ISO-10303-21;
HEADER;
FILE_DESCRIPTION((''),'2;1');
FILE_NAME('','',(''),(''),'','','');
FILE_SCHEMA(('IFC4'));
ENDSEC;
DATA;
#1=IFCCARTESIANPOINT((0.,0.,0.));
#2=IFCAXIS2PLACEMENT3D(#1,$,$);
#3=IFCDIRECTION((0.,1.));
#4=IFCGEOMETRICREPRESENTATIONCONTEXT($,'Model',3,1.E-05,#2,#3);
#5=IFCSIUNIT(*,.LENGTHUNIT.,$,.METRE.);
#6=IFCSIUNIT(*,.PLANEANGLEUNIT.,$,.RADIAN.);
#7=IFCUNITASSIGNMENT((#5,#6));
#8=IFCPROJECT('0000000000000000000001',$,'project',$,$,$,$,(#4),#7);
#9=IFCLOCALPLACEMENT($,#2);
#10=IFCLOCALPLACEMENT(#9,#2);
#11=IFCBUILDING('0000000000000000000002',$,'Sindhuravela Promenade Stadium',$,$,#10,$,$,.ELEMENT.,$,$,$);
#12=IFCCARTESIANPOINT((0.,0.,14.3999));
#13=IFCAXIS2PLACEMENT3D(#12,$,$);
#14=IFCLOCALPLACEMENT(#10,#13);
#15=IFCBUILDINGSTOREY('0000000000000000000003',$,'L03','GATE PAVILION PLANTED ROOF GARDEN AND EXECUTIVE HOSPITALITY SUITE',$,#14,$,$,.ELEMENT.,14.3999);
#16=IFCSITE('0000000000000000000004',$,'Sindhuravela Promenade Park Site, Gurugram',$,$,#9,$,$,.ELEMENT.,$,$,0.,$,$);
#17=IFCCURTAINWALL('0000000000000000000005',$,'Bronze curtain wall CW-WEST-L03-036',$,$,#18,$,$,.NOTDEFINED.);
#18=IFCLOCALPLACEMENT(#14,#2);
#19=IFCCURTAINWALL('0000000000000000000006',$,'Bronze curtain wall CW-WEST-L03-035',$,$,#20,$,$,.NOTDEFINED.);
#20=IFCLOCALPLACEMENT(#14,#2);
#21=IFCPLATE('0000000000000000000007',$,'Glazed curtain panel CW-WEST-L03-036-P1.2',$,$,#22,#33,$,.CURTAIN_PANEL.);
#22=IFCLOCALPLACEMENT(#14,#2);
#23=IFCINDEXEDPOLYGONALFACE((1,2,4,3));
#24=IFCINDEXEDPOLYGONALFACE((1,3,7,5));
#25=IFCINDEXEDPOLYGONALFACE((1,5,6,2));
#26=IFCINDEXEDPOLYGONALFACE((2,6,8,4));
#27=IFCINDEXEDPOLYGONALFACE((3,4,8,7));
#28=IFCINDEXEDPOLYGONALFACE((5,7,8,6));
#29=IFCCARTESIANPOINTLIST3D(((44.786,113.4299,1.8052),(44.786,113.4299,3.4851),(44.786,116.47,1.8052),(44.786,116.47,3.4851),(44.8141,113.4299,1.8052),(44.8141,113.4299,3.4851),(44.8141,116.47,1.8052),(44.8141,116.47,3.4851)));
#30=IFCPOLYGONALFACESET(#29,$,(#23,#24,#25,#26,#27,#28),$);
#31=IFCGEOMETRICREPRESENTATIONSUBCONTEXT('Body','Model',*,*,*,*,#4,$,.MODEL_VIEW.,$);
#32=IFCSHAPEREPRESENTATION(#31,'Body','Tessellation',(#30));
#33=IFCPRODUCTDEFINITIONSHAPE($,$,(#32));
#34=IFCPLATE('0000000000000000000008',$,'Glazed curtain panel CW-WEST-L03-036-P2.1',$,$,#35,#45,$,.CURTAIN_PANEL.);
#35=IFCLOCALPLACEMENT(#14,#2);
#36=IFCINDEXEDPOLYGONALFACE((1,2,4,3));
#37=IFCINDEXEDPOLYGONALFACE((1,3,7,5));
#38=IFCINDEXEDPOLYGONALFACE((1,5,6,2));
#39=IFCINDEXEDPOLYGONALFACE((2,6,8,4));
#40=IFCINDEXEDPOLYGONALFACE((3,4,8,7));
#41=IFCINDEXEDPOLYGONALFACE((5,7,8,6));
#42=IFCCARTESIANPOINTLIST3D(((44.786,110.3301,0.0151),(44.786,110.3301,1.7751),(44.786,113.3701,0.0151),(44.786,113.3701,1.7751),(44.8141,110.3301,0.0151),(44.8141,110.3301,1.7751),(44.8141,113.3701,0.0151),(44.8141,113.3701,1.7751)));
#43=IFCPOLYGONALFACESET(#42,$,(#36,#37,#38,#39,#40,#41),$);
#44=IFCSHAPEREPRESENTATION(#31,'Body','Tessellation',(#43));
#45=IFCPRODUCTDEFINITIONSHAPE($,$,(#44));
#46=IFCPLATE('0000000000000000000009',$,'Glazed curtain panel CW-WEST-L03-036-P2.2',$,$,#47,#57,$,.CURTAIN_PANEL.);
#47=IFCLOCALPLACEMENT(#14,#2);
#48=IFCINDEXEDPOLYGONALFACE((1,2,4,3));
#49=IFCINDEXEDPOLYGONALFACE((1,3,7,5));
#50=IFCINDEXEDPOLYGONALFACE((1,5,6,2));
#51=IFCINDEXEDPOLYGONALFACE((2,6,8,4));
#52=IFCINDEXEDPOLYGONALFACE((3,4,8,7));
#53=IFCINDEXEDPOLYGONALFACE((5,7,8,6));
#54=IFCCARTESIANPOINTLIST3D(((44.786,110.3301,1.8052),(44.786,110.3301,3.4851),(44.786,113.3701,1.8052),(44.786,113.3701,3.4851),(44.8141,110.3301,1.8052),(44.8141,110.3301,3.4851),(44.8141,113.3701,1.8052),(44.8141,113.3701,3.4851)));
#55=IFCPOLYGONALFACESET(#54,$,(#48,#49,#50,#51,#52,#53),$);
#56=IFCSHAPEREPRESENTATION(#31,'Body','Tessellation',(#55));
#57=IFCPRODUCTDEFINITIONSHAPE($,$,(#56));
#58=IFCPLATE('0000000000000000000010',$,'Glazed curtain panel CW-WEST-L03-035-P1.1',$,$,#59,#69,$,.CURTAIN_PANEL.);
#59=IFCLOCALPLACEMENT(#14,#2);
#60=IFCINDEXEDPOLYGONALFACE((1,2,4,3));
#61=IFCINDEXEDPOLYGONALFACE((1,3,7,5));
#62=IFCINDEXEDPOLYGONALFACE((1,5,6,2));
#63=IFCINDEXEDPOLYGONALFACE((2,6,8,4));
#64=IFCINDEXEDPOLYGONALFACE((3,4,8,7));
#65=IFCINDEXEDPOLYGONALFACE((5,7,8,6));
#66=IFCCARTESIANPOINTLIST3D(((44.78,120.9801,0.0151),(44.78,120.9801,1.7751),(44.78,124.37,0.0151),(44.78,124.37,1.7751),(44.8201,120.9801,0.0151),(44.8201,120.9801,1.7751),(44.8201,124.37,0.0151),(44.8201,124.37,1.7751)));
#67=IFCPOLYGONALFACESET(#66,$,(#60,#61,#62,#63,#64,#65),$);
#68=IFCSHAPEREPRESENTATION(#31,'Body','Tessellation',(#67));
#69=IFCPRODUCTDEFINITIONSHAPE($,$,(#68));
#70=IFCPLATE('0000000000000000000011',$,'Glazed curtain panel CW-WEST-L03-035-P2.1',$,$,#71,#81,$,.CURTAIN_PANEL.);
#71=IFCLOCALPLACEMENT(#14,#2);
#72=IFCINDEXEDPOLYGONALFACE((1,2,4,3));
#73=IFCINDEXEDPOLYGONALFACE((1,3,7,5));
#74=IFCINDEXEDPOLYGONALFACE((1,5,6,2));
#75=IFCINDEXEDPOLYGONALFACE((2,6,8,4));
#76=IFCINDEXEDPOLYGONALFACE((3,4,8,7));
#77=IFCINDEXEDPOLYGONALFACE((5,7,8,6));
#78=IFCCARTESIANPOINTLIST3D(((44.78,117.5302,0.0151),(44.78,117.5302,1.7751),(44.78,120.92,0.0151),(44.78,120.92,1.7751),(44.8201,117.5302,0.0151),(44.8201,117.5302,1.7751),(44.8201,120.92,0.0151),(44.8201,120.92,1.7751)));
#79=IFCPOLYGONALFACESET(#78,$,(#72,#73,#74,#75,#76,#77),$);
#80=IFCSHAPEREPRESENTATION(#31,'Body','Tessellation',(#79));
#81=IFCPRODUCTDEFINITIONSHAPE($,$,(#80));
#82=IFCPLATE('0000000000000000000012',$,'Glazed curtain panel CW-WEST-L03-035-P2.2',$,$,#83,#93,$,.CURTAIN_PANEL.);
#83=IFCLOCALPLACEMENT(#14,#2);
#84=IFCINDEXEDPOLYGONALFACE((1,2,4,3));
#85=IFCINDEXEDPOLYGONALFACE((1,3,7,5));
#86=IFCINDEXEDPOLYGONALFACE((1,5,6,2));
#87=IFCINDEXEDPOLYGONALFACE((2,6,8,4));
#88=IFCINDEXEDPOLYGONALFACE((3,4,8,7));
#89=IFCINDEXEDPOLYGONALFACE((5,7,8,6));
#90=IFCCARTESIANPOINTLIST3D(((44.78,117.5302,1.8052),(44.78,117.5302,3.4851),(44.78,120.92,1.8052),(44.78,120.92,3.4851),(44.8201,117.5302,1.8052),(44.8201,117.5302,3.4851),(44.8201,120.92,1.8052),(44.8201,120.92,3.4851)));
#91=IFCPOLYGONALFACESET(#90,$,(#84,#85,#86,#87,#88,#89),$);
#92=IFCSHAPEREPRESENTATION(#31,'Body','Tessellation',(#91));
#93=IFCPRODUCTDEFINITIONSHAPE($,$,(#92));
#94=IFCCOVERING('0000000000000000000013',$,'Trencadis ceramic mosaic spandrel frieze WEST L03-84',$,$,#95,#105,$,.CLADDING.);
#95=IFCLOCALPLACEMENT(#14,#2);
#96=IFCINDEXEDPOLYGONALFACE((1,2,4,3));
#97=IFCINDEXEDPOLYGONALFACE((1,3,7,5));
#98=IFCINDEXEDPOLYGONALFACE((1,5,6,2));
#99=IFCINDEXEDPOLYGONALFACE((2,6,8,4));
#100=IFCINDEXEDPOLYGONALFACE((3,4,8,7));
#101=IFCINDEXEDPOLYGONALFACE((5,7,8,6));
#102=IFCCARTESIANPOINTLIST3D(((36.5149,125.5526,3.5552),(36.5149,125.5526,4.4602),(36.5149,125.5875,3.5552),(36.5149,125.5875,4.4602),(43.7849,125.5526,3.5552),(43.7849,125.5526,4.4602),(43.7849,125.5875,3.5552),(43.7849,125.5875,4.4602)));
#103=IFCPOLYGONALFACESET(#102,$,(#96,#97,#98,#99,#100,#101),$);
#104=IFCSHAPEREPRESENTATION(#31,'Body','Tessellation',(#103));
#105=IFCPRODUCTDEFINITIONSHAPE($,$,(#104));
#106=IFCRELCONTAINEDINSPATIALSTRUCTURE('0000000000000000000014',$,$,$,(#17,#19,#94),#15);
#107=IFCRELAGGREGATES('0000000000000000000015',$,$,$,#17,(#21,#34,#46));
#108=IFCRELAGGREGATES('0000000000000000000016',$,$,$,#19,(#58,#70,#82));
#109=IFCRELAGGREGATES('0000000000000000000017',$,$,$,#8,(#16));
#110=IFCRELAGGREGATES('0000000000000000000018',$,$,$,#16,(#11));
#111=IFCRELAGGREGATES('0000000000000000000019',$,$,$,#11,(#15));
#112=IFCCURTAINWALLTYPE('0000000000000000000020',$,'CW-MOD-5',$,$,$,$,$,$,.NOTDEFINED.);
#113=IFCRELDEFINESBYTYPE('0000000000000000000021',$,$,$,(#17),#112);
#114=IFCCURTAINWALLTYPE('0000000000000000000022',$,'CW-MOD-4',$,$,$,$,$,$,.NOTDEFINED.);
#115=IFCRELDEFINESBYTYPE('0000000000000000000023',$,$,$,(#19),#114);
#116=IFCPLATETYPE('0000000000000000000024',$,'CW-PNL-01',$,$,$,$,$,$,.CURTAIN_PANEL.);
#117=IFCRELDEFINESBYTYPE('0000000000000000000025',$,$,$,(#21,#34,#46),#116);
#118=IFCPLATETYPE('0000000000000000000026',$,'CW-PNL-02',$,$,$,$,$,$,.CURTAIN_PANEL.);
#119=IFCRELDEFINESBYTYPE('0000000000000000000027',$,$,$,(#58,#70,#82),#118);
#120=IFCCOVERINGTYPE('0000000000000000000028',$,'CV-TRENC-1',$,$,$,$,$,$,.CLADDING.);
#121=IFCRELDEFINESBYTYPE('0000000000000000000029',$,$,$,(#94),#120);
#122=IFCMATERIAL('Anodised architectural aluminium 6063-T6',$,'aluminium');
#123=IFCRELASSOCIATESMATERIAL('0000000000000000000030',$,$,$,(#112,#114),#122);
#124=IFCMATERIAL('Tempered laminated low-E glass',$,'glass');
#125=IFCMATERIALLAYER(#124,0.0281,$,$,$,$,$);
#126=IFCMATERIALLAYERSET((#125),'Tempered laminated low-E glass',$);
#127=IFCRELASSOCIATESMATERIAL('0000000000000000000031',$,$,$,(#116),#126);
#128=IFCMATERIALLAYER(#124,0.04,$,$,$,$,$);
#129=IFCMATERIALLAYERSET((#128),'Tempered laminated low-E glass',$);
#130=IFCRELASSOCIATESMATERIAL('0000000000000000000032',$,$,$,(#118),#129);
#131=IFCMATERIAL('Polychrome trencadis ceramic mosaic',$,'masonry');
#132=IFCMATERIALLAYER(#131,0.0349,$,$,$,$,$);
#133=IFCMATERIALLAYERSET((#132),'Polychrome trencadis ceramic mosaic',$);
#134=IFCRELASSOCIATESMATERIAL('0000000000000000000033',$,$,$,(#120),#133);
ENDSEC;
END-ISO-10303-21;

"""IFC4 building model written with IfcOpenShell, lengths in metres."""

from ifc_helpers import new_model, si_unit, direction, frame, origin, origin_2d, place, context, subcontext, project, spatial, rectangle, extrude, material, layer, layer_set, type_object, element, aggregate, save


model = new_model("IFC4")

# Units and contexts
model_context = context("Model", 3, precision=1e-05, world=origin(), true_north=direction((0.0, 1.0)))
body_context = subcontext(model_context, "Body", "Model", "MODEL_VIEW")
ifc_project = project(units=[si_unit("LENGTHUNIT", "METRE"), si_unit("PLANEANGLEUNIT", "RADIAN")], contexts=[model_context])

# Site, building, storey
site_placement = place(None, origin())
site = spatial("IfcSite", under=ifc_project, at=site_placement, Name="Sindhuravela Promenade Park Site, Gurugram", CompositionType="ELEMENT", RefElevation=0.0)
building_placement = place(site_placement, origin())
building = spatial("IfcBuilding", under=site, at=building_placement, Name="Sindhuravela Promenade Stadium", CompositionType="ELEMENT")
storey_placement = place(building_placement, frame((0.0, 0.0, 14.3999)))
storey = spatial("IfcBuildingStorey", under=building, at=storey_placement, Name="L03", Description="GATE PAVILION PLANTED ROOF GARDEN AND EXECUTIVE HOSPITALITY SUITE", CompositionType="ELEMENT", Elevation=14.3999)

# Curtain walls
ifc_material_1 = material(Name="Anodised architectural aluminium 6063-T6", Category="aluminium")
curtain_wall_type_1 = type_object("IfcCurtainWallType", Name="CW-MOD-5", PredefinedType="NOTDEFINED", material=ifc_material_1)
curtain_wall_1_placement = place(storey_placement, origin())
curtain_wall_1 = element("IfcCurtainWall", 1, at=curtain_wall_1_placement, inside=storey, type_object=curtain_wall_type_1, Name="Bronze curtain wall CW-WEST-L03-036", PredefinedType="NOTDEFINED")
curtain_wall_type_2 = type_object("IfcCurtainWallType", Name="CW-MOD-4", PredefinedType="NOTDEFINED", material=ifc_material_1)
curtain_wall_2_placement = place(storey_placement, origin())
curtain_wall_2 = element("IfcCurtainWall", 2, at=curtain_wall_2_placement, inside=storey, type_object=curtain_wall_type_2, Name="Bronze curtain wall CW-WEST-L03-035", PredefinedType="NOTDEFINED")

# Plates
ifc_material_2 = material(Name="Tempered laminated low-E glass", Category="glass")
ifc_layer_1 = layer(ifc_material_2, 0.0281)
ifc_layer_set_1 = layer_set([ifc_layer_1], Name="Tempered laminated low-E glass")
plate_type_1 = type_object("IfcPlateType", Name="CW-PNL-01", PredefinedType="CURTAIN_PANEL", material=ifc_layer_set_1)
plate_1_placement = place(storey_placement, frame((44.8, 114.95, 1.8052), z_axis=(0.0, 0.0, 1.0), x_axis=(0.0, -1.0, 0.0)))
plate_1 = element("IfcPlate", 3, at=plate_1_placement, type_object=plate_type_1, Name="Glazed curtain panel CW-WEST-L03-036-P1.2", PredefinedType="CURTAIN_PANEL", context=body_context, shape_type="SweptSolid", body=[
    extrude(rectangle(XDim=3.04, YDim=0.0281, at=origin_2d()), origin(), (0.0, 0.0, 1.0), 1.6799),
])
plate_2_placement = place(storey_placement, frame((44.8, 111.8501, 0.0151), z_axis=(0.0, 0.0, 1.0), x_axis=(0.0, -1.0, 0.0)))
plate_2 = element("IfcPlate", 4, at=plate_2_placement, type_object=plate_type_1, Name="Glazed curtain panel CW-WEST-L03-036-P2.1", PredefinedType="CURTAIN_PANEL", context=body_context, shape_type="SweptSolid", body=[
    extrude(rectangle(XDim=3.04, YDim=0.0281, at=origin_2d()), origin(), (0.0, 0.0, 1.0), 1.76),
])
plate_3_placement = place(storey_placement, frame((44.8, 111.8501, 1.8052), z_axis=(0.0, 0.0, 1.0), x_axis=(0.0, -1.0, 0.0)))
plate_3 = element("IfcPlate", 5, at=plate_3_placement, type_object=plate_type_1, Name="Glazed curtain panel CW-WEST-L03-036-P2.2", PredefinedType="CURTAIN_PANEL", context=body_context, shape_type="SweptSolid", body=[
    extrude(rectangle(XDim=3.04, YDim=0.0281, at=origin_2d()), origin(), (0.0, 0.0, 1.0), 1.6799),
])
aggregate(curtain_wall_1, [plate_1, plate_2, plate_3])
ifc_layer_2 = layer(ifc_material_2, 0.04)
ifc_layer_set_2 = layer_set([ifc_layer_2], Name="Tempered laminated low-E glass")
plate_type_2 = type_object("IfcPlateType", Name="CW-PNL-02", PredefinedType="CURTAIN_PANEL", material=ifc_layer_set_2)
plate_4_placement = place(storey_placement, frame((44.8, 122.675, 0.0151), z_axis=(0.0, 0.0, 1.0), x_axis=(0.0, -1.0, 0.0)))
plate_4 = element("IfcPlate", 6, at=plate_4_placement, type_object=plate_type_2, Name="Glazed curtain panel CW-WEST-L03-035-P1.1", PredefinedType="CURTAIN_PANEL", context=body_context, shape_type="SweptSolid", body=[
    extrude(rectangle(XDim=3.3899, YDim=0.04, at=origin_2d()), origin(), (0.0, 0.0, 1.0), 1.76),
])
plate_5_placement = place(storey_placement, frame((44.8, 119.2251, 0.0151), z_axis=(0.0, 0.0, 1.0), x_axis=(0.0, -1.0, 0.0)))
plate_5 = element("IfcPlate", 7, at=plate_5_placement, type_object=plate_type_2, Name="Glazed curtain panel CW-WEST-L03-035-P2.1", PredefinedType="CURTAIN_PANEL", context=body_context, shape_type="SweptSolid", body=[
    extrude(rectangle(XDim=3.3899, YDim=0.04, at=origin_2d()), origin(), (0.0, 0.0, 1.0), 1.76),
])
plate_6_placement = place(storey_placement, frame((44.8, 119.2251, 1.8052), z_axis=(0.0, 0.0, 1.0), x_axis=(0.0, -1.0, 0.0)))
plate_6 = element("IfcPlate", 8, at=plate_6_placement, type_object=plate_type_2, Name="Glazed curtain panel CW-WEST-L03-035-P2.2", PredefinedType="CURTAIN_PANEL", context=body_context, shape_type="SweptSolid", body=[
    extrude(rectangle(XDim=3.3899, YDim=0.04, at=origin_2d()), origin(), (0.0, 0.0, 1.0), 1.6799),
])
aggregate(curtain_wall_2, [plate_4, plate_5, plate_6])

# Covering
ifc_material_3 = material(Name="Polychrome trencadis ceramic mosaic", Category="masonry")
ifc_layer_3 = layer(ifc_material_3, 0.0349)
ifc_layer_set_3 = layer_set([ifc_layer_3], Name="Polychrome trencadis ceramic mosaic")
covering_type = type_object("IfcCoveringType", Name="CV-TRENC-1", PredefinedType="CLADDING", material=ifc_layer_set_3)
covering_placement = place(storey_placement, frame((40.1499, 125.5701, 3.5552), z_axis=(0.0, 0.0, 1.0), x_axis=(1.0, 0.0, 0.0)))
element("IfcCovering", 9, at=covering_placement, inside=storey, type_object=covering_type, Name="Trencadis ceramic mosaic spandrel frieze WEST L03-84", PredefinedType="CLADDING", context=body_context, shape_type="SweptSolid", body=[
    extrude(rectangle(XDim=7.27, YDim=0.0349, at=origin_2d()), origin(), (0.0, 0.0, 1.0), 0.905),
])

save(model, "model.ifc")
